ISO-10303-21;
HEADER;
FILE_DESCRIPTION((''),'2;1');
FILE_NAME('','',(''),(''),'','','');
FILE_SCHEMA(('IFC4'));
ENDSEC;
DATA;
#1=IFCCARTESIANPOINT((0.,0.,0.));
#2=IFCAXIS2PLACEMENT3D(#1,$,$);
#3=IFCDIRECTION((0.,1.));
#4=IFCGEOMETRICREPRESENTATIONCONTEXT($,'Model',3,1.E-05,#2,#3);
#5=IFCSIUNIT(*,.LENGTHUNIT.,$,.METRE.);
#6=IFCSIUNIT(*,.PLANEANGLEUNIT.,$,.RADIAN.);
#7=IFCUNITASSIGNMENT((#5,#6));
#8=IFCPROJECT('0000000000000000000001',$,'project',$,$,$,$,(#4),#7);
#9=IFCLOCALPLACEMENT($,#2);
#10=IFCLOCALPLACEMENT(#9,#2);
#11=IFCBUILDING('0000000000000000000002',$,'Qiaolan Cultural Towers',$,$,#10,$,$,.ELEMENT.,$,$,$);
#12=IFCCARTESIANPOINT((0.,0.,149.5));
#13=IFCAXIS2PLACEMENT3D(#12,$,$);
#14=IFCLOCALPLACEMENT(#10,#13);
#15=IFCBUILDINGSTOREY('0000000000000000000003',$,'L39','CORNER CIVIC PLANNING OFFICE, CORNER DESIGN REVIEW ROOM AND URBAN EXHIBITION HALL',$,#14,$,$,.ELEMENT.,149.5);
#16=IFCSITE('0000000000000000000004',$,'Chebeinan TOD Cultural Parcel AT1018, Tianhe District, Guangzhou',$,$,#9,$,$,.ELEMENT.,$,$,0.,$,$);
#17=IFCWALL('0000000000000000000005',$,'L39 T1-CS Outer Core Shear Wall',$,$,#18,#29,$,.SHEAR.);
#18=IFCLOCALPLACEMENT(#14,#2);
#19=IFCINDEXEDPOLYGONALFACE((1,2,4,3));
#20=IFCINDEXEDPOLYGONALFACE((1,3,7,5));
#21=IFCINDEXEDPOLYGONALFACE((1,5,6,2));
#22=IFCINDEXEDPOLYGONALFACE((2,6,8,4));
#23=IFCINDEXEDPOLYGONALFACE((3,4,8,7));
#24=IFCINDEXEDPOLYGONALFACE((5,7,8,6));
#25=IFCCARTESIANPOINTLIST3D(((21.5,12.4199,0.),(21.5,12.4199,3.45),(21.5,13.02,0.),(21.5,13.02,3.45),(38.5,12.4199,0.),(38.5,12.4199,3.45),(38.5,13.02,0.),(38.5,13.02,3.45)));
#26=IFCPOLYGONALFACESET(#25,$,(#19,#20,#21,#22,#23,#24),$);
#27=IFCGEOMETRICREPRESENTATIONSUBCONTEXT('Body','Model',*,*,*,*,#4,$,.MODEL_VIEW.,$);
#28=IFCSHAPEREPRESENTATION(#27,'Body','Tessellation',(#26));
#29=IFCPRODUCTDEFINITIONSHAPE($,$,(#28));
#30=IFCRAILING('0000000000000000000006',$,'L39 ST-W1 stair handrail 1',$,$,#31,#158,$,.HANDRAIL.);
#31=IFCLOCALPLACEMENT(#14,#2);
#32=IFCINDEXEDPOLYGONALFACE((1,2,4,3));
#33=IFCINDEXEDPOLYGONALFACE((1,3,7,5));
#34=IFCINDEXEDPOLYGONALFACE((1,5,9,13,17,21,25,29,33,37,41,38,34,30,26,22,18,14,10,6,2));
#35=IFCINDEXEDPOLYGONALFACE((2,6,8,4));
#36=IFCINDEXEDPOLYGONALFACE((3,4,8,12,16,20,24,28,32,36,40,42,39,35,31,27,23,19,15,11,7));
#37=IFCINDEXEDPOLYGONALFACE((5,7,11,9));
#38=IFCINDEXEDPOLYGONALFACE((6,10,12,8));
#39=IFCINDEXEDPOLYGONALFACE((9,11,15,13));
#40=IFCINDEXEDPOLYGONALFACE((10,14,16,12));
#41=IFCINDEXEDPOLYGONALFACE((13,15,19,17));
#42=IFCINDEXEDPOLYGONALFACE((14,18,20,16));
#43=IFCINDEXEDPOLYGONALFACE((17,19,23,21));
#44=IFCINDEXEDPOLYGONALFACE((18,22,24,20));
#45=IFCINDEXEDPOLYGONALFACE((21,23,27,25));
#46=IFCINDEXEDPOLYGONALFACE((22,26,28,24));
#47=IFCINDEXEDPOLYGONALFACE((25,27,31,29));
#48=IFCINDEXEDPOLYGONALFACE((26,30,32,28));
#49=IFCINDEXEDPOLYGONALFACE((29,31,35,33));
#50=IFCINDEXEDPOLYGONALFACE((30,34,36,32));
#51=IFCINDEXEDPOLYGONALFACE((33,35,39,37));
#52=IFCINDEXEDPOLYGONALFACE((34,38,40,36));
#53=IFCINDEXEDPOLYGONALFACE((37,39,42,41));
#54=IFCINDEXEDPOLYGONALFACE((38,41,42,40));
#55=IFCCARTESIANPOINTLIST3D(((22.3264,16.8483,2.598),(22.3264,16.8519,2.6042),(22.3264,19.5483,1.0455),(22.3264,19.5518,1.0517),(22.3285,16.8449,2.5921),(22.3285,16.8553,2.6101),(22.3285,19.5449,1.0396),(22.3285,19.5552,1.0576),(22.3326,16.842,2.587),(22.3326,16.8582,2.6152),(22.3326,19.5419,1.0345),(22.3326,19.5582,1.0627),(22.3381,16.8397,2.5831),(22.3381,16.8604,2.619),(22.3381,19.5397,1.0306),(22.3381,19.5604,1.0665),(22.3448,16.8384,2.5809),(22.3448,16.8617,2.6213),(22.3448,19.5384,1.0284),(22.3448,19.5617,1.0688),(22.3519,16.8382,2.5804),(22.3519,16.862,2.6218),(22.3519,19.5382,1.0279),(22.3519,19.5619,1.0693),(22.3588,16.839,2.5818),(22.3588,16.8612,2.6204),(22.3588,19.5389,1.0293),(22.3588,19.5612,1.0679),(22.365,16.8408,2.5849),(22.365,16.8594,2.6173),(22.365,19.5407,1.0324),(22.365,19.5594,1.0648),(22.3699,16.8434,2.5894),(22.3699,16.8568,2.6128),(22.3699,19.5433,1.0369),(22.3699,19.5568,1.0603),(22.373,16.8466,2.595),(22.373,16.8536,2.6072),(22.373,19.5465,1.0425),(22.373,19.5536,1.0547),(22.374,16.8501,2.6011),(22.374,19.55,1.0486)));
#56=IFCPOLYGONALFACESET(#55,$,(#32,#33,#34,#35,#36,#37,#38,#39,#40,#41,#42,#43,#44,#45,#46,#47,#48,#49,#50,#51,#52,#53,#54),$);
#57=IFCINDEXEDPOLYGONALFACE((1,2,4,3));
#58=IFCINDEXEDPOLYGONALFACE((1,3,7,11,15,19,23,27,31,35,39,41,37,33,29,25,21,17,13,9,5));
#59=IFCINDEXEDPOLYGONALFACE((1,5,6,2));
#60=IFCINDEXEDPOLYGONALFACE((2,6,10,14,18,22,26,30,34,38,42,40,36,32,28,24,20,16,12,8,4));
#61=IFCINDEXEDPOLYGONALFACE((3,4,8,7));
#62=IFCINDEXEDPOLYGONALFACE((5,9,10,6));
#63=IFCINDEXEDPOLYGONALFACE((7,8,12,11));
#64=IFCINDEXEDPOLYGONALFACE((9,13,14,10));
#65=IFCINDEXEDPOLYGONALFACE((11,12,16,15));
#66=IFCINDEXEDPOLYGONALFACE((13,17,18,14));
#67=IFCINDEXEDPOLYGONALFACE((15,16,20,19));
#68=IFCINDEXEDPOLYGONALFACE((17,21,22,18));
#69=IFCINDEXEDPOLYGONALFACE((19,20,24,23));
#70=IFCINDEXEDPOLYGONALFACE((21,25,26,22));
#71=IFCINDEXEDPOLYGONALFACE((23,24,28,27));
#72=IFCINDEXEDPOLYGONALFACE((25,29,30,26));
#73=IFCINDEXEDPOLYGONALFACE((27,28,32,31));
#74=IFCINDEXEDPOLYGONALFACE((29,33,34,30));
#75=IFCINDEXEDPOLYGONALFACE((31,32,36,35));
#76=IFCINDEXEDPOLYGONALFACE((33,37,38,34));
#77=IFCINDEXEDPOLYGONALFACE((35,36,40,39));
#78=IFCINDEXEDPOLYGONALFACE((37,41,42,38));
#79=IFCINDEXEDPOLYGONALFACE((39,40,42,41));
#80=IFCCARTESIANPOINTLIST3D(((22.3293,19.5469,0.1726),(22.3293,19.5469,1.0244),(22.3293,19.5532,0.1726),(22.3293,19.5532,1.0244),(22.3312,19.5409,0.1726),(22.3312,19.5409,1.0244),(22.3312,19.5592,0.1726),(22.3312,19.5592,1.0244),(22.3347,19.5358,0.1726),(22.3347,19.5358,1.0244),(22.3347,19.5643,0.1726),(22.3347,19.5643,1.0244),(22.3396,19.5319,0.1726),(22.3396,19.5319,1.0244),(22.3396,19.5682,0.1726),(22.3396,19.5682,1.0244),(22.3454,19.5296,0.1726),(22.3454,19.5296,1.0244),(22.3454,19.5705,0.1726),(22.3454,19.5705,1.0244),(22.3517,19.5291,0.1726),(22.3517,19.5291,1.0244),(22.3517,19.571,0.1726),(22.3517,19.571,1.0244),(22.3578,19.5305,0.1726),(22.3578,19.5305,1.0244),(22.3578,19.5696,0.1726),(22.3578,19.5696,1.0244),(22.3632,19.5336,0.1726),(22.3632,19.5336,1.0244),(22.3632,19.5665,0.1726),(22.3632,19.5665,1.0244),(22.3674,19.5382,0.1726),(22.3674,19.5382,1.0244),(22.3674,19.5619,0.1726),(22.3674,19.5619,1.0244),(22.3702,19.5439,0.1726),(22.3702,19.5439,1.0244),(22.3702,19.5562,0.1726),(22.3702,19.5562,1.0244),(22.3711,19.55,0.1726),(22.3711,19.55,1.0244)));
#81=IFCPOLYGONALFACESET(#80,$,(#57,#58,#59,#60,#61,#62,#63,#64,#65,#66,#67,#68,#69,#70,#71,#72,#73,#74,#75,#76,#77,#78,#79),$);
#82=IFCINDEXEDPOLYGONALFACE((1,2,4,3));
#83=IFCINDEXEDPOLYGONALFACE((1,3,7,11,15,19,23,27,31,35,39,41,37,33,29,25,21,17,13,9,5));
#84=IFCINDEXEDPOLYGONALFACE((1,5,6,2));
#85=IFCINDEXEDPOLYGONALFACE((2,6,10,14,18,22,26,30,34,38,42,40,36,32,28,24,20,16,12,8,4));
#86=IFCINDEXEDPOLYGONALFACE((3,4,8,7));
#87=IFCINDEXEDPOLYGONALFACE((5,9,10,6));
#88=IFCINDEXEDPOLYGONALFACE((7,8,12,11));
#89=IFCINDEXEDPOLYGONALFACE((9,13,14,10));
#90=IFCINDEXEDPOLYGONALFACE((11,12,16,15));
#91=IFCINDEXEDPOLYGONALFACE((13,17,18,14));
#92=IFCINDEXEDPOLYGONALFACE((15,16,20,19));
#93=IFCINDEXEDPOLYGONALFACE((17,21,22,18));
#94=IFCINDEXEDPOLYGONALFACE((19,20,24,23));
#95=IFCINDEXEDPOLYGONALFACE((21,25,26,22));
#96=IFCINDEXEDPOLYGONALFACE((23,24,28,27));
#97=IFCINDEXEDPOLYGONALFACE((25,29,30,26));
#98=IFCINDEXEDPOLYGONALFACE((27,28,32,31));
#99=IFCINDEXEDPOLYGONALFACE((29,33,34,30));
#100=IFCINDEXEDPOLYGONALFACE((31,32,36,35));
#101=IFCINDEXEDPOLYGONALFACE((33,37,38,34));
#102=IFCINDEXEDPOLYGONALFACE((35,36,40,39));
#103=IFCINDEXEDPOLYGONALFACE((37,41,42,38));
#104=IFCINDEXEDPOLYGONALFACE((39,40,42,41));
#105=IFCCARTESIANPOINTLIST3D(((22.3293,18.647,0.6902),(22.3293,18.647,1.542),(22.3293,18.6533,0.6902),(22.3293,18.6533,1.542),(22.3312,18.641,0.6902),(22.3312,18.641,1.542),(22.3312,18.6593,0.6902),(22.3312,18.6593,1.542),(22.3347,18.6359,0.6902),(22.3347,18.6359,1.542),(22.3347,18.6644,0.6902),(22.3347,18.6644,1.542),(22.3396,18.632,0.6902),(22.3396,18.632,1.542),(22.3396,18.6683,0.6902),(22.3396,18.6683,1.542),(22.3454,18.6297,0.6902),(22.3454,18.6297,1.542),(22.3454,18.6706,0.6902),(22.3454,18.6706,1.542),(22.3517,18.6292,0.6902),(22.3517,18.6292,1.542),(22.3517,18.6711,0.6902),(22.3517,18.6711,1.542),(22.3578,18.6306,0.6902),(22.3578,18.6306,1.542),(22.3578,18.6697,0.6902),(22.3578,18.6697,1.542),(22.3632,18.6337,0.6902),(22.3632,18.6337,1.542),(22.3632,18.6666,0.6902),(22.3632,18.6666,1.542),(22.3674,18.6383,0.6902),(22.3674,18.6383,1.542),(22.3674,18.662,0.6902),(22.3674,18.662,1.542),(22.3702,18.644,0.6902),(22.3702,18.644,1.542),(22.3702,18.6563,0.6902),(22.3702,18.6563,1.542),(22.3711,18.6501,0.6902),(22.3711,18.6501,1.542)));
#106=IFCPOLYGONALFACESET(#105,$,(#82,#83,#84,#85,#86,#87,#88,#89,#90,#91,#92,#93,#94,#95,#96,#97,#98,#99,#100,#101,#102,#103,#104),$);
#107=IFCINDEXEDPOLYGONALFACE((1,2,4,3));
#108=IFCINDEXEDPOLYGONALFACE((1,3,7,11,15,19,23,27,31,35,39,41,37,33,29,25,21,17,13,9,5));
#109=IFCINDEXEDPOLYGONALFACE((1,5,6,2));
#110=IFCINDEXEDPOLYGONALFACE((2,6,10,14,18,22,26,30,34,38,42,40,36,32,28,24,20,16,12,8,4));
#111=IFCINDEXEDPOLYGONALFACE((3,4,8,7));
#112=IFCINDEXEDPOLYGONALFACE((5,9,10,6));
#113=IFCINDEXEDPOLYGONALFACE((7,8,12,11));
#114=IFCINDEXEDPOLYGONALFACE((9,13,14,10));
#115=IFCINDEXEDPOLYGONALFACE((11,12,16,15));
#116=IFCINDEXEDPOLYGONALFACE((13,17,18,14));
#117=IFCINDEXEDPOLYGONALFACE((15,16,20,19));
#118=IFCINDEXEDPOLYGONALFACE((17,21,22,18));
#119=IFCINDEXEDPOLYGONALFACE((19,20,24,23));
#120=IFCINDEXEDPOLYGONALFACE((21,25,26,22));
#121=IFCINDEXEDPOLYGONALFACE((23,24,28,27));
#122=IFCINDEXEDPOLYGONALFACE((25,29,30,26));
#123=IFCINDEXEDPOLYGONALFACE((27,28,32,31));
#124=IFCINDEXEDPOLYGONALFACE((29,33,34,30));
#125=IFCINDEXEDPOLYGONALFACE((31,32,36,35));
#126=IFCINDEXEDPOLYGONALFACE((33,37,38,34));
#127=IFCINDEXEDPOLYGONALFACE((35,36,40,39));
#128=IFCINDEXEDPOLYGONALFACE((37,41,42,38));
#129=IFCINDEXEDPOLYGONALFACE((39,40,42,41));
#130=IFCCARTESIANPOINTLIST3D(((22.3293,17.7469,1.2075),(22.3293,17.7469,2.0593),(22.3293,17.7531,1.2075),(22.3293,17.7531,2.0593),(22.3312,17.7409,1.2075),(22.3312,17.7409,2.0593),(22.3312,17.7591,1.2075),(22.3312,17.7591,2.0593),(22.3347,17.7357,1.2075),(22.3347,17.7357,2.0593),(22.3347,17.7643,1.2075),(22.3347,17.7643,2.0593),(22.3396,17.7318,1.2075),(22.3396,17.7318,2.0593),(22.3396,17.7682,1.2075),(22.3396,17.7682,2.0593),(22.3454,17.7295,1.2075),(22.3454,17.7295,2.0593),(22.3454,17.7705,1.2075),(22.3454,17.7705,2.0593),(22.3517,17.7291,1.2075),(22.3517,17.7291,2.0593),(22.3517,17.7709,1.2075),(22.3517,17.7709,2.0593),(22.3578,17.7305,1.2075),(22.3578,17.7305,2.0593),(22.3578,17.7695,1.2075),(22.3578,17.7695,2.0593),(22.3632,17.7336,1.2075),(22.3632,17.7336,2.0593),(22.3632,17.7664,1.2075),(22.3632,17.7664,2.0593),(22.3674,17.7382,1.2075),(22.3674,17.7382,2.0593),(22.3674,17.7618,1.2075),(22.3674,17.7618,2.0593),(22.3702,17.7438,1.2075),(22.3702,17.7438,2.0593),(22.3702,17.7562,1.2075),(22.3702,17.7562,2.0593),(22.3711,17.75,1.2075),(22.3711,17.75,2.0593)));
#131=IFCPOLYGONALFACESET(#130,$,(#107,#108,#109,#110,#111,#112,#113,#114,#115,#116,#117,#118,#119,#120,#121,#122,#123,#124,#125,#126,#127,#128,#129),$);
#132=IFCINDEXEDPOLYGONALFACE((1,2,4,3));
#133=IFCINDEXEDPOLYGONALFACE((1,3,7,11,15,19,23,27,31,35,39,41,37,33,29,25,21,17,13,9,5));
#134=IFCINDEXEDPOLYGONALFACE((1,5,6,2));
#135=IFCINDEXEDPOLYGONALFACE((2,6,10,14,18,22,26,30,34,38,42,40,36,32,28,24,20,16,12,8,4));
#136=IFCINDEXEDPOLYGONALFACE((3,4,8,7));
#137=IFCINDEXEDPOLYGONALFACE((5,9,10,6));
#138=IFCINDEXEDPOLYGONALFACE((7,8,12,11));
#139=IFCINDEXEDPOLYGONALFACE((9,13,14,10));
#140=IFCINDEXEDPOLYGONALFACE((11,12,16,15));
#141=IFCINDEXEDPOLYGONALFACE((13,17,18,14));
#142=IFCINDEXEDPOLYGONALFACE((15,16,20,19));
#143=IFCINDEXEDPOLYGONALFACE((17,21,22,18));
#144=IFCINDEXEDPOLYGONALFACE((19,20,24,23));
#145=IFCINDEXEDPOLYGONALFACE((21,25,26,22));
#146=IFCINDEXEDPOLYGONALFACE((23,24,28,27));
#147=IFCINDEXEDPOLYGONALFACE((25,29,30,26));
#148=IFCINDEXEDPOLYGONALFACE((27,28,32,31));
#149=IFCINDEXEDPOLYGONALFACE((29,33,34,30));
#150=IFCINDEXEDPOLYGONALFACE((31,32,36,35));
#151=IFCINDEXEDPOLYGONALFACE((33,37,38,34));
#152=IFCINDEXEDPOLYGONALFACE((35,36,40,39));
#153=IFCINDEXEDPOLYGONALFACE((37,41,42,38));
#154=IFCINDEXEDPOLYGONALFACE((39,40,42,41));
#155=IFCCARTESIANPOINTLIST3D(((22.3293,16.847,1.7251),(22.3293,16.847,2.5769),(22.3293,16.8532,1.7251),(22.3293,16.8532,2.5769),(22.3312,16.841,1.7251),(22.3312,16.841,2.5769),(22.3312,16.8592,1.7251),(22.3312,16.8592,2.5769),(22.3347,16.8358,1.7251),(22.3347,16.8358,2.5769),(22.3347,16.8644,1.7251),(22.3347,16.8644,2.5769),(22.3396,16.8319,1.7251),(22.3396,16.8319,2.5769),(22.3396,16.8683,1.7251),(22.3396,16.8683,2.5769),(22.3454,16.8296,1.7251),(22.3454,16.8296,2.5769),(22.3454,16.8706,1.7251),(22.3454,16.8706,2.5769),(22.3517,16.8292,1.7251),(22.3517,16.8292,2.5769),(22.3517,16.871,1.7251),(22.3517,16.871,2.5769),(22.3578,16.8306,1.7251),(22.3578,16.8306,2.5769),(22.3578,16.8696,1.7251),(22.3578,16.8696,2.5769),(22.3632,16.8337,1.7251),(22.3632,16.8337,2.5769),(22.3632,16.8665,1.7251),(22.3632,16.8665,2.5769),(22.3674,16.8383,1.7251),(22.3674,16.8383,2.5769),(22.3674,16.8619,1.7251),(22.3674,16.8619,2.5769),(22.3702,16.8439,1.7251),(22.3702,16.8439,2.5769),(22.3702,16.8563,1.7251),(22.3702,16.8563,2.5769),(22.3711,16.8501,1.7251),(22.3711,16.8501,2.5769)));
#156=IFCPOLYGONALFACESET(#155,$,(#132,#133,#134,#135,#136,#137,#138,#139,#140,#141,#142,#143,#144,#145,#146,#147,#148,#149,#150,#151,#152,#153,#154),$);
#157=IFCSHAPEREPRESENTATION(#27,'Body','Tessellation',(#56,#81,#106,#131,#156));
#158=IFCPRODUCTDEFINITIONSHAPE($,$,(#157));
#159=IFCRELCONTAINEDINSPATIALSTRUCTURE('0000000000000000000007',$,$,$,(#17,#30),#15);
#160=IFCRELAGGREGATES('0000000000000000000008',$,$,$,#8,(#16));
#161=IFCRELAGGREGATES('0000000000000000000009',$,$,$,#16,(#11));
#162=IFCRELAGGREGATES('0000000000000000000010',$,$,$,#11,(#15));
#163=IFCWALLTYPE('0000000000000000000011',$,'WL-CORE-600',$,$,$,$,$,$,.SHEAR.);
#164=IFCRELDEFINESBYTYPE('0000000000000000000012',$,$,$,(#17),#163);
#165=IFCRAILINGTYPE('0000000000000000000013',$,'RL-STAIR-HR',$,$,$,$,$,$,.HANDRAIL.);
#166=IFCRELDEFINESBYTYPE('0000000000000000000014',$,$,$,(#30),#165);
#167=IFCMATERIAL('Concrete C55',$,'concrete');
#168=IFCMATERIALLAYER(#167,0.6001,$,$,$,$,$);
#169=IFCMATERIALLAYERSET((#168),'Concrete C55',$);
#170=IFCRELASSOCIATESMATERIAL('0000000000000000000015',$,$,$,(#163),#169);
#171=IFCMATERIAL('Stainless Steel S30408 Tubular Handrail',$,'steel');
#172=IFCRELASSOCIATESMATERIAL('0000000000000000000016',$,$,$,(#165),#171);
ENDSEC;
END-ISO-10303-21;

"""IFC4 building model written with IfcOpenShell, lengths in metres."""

from ifc_helpers import new_model, si_unit, direction, frame, frame_2d, origin, origin_2d, place, context, subcontext, project, spatial, rectangle, circle, extrude, material, layer, layer_set, type_object, element, save


model = new_model("IFC4")

# Units and contexts
model_context = context("Model", 3, precision=1e-05, world=origin(), true_north=direction((0.0, 1.0)))
body_context = subcontext(model_context, "Body", "Model", "MODEL_VIEW")
ifc_project = project(units=[si_unit("LENGTHUNIT", "METRE"), si_unit("PLANEANGLEUNIT", "RADIAN")], contexts=[model_context])

# Site, building, storey
site_placement = place(None, origin())
site = spatial("IfcSite", under=ifc_project, at=site_placement, Name="Chebeinan TOD Cultural Parcel AT1018, Tianhe District, Guangzhou", CompositionType="ELEMENT", RefElevation=0.0)
building_placement = place(site_placement, origin())
building = spatial("IfcBuilding", under=site, at=building_placement, Name="Qiaolan Cultural Towers", CompositionType="ELEMENT")
storey_placement = place(building_placement, frame((0.0, 0.0, 149.5)))
storey = spatial("IfcBuildingStorey", under=building, at=storey_placement, Name="L39", Description="CORNER CIVIC PLANNING OFFICE, CORNER DESIGN REVIEW ROOM AND URBAN EXHIBITION HALL", CompositionType="ELEMENT", Elevation=149.5)

# Wall
ifc_material_1 = material(Name="Concrete C55", Category="concrete")
ifc_layer_1 = layer(ifc_material_1, 0.6001)
ifc_layer_set_1 = layer_set([ifc_layer_1], Name="Concrete C55")
wall_type = type_object("IfcWallType", Name="WL-CORE-600", PredefinedType="SHEAR", material=ifc_layer_set_1)
wall_placement = place(storey_placement, frame((21.5, 12.72, 0.0), z_axis=(0.0, 0.0, 1.0), x_axis=(1.0, 0.0, 0.0)))
element("IfcWall", 1, at=wall_placement, inside=storey, type_object=wall_type, Name="L39 T1-CS Outer Core Shear Wall", PredefinedType="SHEAR", context=body_context, shape_type="SweptSolid", body=[
    extrude(rectangle(XDim=17.0, YDim=0.6001, at=frame_2d((8.5, 0.0))), origin(), (0.0, 0.0, 1.0), 3.45),
])

# Railing
ifc_material_2 = material(Name="Stainless Steel S30408 Tubular Handrail", Category="steel")
railing_type = type_object("IfcRailingType", Name="RL-STAIR-HR", PredefinedType="HANDRAIL", material=ifc_material_2)
railing_placement = place(storey_placement, frame((22.3501, 19.55, 0.1726)))
element("IfcRailing", 2, at=railing_placement, inside=storey, type_object=railing_type, Name="L39 ST-W1 stair handrail 1", PredefinedType="HANDRAIL", context=body_context, shape_type="SweptSolid", body=[
    extrude(circle(Radius=0.0239, at=origin_2d()), frame((0.0, 0.0, 0.876), z_axis=(0.0, -0.866904, 0.498476), x_axis=(1.0, 0.0, 0.0)), (0.0, 0.0, 1.0), 3.1145),
    extrude(circle(Radius=0.021, at=origin_2d()), origin(), (0.0, 0.0, 1.0), 0.8518),
    extrude(circle(Radius=0.021, at=origin_2d()), frame((0.0, -0.8999, 0.5176)), (0.0, 0.0, 1.0), 0.8518),
    extrude(circle(Radius=0.021, at=origin_2d()), frame((0.0, -1.8, 1.0349)), (0.0, 0.0, 1.0), 0.8518),
    extrude(circle(Radius=0.021, at=origin_2d()), frame((0.0, -2.7, 1.5525)), (0.0, 0.0, 1.0), 0.8518),
])

save(model, "model.ifc")
